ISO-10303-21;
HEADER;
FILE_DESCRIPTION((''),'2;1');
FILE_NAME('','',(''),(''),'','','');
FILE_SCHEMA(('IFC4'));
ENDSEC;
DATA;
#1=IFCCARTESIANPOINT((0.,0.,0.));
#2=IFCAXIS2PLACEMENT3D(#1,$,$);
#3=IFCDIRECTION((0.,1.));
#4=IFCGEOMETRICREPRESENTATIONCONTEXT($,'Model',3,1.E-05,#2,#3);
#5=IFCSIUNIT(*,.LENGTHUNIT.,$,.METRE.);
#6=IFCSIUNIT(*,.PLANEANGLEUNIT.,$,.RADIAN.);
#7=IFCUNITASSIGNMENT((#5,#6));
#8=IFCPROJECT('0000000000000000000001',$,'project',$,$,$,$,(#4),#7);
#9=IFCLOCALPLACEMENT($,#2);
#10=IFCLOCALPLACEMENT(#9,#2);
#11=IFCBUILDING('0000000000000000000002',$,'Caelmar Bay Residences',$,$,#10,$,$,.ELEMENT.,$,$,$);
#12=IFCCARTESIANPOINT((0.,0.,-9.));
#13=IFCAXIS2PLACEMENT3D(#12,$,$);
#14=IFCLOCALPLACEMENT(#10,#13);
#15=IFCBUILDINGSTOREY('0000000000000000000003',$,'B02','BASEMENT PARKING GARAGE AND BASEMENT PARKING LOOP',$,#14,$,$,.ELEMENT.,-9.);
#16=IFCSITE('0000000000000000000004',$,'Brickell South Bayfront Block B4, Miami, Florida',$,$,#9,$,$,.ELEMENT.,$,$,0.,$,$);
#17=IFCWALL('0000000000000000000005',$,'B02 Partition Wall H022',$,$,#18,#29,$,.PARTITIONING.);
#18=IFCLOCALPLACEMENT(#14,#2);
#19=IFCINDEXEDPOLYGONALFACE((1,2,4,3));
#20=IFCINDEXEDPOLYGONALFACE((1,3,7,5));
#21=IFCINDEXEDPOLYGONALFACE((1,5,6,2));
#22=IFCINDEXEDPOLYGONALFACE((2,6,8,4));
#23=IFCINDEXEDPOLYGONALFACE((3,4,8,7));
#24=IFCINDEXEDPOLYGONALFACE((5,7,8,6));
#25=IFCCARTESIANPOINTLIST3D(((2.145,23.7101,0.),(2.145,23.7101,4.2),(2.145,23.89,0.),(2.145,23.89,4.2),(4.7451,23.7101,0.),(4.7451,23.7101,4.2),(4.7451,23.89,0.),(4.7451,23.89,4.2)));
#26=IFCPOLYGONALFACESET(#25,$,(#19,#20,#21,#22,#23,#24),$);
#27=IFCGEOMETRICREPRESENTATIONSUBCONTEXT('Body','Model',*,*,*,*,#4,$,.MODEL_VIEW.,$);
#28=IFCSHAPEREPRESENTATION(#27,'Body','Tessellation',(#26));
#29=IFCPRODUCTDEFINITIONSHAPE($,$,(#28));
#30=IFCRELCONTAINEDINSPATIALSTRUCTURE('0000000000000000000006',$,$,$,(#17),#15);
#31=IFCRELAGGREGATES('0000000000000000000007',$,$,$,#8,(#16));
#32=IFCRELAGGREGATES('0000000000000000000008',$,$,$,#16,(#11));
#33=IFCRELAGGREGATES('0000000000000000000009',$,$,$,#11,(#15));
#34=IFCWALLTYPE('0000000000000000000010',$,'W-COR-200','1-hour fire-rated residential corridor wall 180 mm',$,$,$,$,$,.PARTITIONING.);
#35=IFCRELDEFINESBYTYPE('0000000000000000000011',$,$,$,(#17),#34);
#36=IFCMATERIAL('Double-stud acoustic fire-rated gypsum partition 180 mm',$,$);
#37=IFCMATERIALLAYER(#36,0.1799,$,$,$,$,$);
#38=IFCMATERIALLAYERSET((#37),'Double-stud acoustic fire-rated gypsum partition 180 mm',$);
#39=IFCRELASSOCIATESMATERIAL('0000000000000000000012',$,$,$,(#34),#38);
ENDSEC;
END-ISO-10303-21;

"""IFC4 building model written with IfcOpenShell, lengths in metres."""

from ifc_helpers import new_model, si_unit, direction, frame, frame_2d, origin, place, context, subcontext, project, spatial, rectangle, extrude, material, layer, layer_set, type_object, element, save


model = new_model("IFC4")

# Units and contexts
model_context = context("Model", 3, precision=1e-05, world=origin(), true_north=direction((0.0, 1.0)))
body_context = subcontext(model_context, "Body", "Model", "MODEL_VIEW")
ifc_project = project(units=[si_unit("LENGTHUNIT", "METRE"), si_unit("PLANEANGLEUNIT", "RADIAN")], contexts=[model_context])

# Site, building, storey
site_placement = place(None, origin())
site = spatial("IfcSite", under=ifc_project, at=site_placement, Name="Brickell South Bayfront Block B4, Miami, Florida", CompositionType="ELEMENT", RefElevation=0.0)
building_placement = place(site_placement, origin())
building = spatial("IfcBuilding", under=site, at=building_placement, Name="Caelmar Bay Residences", CompositionType="ELEMENT")
storey_placement = place(building_placement, frame((0.0, 0.0, -9.0)))
storey = spatial("IfcBuildingStorey", under=building, at=storey_placement, Name="B02", Description="BASEMENT PARKING GARAGE AND BASEMENT PARKING LOOP", CompositionType="ELEMENT", Elevation=-9.0)

# Wall
ifc_material_1 = material(Name="Double-stud acoustic fire-rated gypsum partition 180 mm")
ifc_layer_1 = layer(ifc_material_1, 0.1799)
ifc_layer_set_1 = layer_set([ifc_layer_1], Name="Double-stud acoustic fire-rated gypsum partition 180 mm")
wall_type_1 = type_object("IfcWallType", Name="W-COR-200", Description="1-hour fire-rated residential corridor wall 180 mm", PredefinedType="PARTITIONING", material=ifc_layer_set_1)
wall_1_placement = place(storey_placement, frame((2.145, 23.8, 0.0), z_axis=(0.0, 0.0, 1.0), x_axis=(1.0, 0.0, 0.0)))
element("IfcWall", 1, at=wall_1_placement, inside=storey, type_object=wall_type_1, Name="B02 Partition Wall H022", PredefinedType="PARTITIONING", context=body_context, shape_type="SweptSolid", body=[
    extrude(rectangle(XDim=2.6001, YDim=0.1799, at=frame_2d((1.3, 0.0))), origin(), (0.0, 0.0, 1.0), 4.2),
])

save(model, "model.ifc")
